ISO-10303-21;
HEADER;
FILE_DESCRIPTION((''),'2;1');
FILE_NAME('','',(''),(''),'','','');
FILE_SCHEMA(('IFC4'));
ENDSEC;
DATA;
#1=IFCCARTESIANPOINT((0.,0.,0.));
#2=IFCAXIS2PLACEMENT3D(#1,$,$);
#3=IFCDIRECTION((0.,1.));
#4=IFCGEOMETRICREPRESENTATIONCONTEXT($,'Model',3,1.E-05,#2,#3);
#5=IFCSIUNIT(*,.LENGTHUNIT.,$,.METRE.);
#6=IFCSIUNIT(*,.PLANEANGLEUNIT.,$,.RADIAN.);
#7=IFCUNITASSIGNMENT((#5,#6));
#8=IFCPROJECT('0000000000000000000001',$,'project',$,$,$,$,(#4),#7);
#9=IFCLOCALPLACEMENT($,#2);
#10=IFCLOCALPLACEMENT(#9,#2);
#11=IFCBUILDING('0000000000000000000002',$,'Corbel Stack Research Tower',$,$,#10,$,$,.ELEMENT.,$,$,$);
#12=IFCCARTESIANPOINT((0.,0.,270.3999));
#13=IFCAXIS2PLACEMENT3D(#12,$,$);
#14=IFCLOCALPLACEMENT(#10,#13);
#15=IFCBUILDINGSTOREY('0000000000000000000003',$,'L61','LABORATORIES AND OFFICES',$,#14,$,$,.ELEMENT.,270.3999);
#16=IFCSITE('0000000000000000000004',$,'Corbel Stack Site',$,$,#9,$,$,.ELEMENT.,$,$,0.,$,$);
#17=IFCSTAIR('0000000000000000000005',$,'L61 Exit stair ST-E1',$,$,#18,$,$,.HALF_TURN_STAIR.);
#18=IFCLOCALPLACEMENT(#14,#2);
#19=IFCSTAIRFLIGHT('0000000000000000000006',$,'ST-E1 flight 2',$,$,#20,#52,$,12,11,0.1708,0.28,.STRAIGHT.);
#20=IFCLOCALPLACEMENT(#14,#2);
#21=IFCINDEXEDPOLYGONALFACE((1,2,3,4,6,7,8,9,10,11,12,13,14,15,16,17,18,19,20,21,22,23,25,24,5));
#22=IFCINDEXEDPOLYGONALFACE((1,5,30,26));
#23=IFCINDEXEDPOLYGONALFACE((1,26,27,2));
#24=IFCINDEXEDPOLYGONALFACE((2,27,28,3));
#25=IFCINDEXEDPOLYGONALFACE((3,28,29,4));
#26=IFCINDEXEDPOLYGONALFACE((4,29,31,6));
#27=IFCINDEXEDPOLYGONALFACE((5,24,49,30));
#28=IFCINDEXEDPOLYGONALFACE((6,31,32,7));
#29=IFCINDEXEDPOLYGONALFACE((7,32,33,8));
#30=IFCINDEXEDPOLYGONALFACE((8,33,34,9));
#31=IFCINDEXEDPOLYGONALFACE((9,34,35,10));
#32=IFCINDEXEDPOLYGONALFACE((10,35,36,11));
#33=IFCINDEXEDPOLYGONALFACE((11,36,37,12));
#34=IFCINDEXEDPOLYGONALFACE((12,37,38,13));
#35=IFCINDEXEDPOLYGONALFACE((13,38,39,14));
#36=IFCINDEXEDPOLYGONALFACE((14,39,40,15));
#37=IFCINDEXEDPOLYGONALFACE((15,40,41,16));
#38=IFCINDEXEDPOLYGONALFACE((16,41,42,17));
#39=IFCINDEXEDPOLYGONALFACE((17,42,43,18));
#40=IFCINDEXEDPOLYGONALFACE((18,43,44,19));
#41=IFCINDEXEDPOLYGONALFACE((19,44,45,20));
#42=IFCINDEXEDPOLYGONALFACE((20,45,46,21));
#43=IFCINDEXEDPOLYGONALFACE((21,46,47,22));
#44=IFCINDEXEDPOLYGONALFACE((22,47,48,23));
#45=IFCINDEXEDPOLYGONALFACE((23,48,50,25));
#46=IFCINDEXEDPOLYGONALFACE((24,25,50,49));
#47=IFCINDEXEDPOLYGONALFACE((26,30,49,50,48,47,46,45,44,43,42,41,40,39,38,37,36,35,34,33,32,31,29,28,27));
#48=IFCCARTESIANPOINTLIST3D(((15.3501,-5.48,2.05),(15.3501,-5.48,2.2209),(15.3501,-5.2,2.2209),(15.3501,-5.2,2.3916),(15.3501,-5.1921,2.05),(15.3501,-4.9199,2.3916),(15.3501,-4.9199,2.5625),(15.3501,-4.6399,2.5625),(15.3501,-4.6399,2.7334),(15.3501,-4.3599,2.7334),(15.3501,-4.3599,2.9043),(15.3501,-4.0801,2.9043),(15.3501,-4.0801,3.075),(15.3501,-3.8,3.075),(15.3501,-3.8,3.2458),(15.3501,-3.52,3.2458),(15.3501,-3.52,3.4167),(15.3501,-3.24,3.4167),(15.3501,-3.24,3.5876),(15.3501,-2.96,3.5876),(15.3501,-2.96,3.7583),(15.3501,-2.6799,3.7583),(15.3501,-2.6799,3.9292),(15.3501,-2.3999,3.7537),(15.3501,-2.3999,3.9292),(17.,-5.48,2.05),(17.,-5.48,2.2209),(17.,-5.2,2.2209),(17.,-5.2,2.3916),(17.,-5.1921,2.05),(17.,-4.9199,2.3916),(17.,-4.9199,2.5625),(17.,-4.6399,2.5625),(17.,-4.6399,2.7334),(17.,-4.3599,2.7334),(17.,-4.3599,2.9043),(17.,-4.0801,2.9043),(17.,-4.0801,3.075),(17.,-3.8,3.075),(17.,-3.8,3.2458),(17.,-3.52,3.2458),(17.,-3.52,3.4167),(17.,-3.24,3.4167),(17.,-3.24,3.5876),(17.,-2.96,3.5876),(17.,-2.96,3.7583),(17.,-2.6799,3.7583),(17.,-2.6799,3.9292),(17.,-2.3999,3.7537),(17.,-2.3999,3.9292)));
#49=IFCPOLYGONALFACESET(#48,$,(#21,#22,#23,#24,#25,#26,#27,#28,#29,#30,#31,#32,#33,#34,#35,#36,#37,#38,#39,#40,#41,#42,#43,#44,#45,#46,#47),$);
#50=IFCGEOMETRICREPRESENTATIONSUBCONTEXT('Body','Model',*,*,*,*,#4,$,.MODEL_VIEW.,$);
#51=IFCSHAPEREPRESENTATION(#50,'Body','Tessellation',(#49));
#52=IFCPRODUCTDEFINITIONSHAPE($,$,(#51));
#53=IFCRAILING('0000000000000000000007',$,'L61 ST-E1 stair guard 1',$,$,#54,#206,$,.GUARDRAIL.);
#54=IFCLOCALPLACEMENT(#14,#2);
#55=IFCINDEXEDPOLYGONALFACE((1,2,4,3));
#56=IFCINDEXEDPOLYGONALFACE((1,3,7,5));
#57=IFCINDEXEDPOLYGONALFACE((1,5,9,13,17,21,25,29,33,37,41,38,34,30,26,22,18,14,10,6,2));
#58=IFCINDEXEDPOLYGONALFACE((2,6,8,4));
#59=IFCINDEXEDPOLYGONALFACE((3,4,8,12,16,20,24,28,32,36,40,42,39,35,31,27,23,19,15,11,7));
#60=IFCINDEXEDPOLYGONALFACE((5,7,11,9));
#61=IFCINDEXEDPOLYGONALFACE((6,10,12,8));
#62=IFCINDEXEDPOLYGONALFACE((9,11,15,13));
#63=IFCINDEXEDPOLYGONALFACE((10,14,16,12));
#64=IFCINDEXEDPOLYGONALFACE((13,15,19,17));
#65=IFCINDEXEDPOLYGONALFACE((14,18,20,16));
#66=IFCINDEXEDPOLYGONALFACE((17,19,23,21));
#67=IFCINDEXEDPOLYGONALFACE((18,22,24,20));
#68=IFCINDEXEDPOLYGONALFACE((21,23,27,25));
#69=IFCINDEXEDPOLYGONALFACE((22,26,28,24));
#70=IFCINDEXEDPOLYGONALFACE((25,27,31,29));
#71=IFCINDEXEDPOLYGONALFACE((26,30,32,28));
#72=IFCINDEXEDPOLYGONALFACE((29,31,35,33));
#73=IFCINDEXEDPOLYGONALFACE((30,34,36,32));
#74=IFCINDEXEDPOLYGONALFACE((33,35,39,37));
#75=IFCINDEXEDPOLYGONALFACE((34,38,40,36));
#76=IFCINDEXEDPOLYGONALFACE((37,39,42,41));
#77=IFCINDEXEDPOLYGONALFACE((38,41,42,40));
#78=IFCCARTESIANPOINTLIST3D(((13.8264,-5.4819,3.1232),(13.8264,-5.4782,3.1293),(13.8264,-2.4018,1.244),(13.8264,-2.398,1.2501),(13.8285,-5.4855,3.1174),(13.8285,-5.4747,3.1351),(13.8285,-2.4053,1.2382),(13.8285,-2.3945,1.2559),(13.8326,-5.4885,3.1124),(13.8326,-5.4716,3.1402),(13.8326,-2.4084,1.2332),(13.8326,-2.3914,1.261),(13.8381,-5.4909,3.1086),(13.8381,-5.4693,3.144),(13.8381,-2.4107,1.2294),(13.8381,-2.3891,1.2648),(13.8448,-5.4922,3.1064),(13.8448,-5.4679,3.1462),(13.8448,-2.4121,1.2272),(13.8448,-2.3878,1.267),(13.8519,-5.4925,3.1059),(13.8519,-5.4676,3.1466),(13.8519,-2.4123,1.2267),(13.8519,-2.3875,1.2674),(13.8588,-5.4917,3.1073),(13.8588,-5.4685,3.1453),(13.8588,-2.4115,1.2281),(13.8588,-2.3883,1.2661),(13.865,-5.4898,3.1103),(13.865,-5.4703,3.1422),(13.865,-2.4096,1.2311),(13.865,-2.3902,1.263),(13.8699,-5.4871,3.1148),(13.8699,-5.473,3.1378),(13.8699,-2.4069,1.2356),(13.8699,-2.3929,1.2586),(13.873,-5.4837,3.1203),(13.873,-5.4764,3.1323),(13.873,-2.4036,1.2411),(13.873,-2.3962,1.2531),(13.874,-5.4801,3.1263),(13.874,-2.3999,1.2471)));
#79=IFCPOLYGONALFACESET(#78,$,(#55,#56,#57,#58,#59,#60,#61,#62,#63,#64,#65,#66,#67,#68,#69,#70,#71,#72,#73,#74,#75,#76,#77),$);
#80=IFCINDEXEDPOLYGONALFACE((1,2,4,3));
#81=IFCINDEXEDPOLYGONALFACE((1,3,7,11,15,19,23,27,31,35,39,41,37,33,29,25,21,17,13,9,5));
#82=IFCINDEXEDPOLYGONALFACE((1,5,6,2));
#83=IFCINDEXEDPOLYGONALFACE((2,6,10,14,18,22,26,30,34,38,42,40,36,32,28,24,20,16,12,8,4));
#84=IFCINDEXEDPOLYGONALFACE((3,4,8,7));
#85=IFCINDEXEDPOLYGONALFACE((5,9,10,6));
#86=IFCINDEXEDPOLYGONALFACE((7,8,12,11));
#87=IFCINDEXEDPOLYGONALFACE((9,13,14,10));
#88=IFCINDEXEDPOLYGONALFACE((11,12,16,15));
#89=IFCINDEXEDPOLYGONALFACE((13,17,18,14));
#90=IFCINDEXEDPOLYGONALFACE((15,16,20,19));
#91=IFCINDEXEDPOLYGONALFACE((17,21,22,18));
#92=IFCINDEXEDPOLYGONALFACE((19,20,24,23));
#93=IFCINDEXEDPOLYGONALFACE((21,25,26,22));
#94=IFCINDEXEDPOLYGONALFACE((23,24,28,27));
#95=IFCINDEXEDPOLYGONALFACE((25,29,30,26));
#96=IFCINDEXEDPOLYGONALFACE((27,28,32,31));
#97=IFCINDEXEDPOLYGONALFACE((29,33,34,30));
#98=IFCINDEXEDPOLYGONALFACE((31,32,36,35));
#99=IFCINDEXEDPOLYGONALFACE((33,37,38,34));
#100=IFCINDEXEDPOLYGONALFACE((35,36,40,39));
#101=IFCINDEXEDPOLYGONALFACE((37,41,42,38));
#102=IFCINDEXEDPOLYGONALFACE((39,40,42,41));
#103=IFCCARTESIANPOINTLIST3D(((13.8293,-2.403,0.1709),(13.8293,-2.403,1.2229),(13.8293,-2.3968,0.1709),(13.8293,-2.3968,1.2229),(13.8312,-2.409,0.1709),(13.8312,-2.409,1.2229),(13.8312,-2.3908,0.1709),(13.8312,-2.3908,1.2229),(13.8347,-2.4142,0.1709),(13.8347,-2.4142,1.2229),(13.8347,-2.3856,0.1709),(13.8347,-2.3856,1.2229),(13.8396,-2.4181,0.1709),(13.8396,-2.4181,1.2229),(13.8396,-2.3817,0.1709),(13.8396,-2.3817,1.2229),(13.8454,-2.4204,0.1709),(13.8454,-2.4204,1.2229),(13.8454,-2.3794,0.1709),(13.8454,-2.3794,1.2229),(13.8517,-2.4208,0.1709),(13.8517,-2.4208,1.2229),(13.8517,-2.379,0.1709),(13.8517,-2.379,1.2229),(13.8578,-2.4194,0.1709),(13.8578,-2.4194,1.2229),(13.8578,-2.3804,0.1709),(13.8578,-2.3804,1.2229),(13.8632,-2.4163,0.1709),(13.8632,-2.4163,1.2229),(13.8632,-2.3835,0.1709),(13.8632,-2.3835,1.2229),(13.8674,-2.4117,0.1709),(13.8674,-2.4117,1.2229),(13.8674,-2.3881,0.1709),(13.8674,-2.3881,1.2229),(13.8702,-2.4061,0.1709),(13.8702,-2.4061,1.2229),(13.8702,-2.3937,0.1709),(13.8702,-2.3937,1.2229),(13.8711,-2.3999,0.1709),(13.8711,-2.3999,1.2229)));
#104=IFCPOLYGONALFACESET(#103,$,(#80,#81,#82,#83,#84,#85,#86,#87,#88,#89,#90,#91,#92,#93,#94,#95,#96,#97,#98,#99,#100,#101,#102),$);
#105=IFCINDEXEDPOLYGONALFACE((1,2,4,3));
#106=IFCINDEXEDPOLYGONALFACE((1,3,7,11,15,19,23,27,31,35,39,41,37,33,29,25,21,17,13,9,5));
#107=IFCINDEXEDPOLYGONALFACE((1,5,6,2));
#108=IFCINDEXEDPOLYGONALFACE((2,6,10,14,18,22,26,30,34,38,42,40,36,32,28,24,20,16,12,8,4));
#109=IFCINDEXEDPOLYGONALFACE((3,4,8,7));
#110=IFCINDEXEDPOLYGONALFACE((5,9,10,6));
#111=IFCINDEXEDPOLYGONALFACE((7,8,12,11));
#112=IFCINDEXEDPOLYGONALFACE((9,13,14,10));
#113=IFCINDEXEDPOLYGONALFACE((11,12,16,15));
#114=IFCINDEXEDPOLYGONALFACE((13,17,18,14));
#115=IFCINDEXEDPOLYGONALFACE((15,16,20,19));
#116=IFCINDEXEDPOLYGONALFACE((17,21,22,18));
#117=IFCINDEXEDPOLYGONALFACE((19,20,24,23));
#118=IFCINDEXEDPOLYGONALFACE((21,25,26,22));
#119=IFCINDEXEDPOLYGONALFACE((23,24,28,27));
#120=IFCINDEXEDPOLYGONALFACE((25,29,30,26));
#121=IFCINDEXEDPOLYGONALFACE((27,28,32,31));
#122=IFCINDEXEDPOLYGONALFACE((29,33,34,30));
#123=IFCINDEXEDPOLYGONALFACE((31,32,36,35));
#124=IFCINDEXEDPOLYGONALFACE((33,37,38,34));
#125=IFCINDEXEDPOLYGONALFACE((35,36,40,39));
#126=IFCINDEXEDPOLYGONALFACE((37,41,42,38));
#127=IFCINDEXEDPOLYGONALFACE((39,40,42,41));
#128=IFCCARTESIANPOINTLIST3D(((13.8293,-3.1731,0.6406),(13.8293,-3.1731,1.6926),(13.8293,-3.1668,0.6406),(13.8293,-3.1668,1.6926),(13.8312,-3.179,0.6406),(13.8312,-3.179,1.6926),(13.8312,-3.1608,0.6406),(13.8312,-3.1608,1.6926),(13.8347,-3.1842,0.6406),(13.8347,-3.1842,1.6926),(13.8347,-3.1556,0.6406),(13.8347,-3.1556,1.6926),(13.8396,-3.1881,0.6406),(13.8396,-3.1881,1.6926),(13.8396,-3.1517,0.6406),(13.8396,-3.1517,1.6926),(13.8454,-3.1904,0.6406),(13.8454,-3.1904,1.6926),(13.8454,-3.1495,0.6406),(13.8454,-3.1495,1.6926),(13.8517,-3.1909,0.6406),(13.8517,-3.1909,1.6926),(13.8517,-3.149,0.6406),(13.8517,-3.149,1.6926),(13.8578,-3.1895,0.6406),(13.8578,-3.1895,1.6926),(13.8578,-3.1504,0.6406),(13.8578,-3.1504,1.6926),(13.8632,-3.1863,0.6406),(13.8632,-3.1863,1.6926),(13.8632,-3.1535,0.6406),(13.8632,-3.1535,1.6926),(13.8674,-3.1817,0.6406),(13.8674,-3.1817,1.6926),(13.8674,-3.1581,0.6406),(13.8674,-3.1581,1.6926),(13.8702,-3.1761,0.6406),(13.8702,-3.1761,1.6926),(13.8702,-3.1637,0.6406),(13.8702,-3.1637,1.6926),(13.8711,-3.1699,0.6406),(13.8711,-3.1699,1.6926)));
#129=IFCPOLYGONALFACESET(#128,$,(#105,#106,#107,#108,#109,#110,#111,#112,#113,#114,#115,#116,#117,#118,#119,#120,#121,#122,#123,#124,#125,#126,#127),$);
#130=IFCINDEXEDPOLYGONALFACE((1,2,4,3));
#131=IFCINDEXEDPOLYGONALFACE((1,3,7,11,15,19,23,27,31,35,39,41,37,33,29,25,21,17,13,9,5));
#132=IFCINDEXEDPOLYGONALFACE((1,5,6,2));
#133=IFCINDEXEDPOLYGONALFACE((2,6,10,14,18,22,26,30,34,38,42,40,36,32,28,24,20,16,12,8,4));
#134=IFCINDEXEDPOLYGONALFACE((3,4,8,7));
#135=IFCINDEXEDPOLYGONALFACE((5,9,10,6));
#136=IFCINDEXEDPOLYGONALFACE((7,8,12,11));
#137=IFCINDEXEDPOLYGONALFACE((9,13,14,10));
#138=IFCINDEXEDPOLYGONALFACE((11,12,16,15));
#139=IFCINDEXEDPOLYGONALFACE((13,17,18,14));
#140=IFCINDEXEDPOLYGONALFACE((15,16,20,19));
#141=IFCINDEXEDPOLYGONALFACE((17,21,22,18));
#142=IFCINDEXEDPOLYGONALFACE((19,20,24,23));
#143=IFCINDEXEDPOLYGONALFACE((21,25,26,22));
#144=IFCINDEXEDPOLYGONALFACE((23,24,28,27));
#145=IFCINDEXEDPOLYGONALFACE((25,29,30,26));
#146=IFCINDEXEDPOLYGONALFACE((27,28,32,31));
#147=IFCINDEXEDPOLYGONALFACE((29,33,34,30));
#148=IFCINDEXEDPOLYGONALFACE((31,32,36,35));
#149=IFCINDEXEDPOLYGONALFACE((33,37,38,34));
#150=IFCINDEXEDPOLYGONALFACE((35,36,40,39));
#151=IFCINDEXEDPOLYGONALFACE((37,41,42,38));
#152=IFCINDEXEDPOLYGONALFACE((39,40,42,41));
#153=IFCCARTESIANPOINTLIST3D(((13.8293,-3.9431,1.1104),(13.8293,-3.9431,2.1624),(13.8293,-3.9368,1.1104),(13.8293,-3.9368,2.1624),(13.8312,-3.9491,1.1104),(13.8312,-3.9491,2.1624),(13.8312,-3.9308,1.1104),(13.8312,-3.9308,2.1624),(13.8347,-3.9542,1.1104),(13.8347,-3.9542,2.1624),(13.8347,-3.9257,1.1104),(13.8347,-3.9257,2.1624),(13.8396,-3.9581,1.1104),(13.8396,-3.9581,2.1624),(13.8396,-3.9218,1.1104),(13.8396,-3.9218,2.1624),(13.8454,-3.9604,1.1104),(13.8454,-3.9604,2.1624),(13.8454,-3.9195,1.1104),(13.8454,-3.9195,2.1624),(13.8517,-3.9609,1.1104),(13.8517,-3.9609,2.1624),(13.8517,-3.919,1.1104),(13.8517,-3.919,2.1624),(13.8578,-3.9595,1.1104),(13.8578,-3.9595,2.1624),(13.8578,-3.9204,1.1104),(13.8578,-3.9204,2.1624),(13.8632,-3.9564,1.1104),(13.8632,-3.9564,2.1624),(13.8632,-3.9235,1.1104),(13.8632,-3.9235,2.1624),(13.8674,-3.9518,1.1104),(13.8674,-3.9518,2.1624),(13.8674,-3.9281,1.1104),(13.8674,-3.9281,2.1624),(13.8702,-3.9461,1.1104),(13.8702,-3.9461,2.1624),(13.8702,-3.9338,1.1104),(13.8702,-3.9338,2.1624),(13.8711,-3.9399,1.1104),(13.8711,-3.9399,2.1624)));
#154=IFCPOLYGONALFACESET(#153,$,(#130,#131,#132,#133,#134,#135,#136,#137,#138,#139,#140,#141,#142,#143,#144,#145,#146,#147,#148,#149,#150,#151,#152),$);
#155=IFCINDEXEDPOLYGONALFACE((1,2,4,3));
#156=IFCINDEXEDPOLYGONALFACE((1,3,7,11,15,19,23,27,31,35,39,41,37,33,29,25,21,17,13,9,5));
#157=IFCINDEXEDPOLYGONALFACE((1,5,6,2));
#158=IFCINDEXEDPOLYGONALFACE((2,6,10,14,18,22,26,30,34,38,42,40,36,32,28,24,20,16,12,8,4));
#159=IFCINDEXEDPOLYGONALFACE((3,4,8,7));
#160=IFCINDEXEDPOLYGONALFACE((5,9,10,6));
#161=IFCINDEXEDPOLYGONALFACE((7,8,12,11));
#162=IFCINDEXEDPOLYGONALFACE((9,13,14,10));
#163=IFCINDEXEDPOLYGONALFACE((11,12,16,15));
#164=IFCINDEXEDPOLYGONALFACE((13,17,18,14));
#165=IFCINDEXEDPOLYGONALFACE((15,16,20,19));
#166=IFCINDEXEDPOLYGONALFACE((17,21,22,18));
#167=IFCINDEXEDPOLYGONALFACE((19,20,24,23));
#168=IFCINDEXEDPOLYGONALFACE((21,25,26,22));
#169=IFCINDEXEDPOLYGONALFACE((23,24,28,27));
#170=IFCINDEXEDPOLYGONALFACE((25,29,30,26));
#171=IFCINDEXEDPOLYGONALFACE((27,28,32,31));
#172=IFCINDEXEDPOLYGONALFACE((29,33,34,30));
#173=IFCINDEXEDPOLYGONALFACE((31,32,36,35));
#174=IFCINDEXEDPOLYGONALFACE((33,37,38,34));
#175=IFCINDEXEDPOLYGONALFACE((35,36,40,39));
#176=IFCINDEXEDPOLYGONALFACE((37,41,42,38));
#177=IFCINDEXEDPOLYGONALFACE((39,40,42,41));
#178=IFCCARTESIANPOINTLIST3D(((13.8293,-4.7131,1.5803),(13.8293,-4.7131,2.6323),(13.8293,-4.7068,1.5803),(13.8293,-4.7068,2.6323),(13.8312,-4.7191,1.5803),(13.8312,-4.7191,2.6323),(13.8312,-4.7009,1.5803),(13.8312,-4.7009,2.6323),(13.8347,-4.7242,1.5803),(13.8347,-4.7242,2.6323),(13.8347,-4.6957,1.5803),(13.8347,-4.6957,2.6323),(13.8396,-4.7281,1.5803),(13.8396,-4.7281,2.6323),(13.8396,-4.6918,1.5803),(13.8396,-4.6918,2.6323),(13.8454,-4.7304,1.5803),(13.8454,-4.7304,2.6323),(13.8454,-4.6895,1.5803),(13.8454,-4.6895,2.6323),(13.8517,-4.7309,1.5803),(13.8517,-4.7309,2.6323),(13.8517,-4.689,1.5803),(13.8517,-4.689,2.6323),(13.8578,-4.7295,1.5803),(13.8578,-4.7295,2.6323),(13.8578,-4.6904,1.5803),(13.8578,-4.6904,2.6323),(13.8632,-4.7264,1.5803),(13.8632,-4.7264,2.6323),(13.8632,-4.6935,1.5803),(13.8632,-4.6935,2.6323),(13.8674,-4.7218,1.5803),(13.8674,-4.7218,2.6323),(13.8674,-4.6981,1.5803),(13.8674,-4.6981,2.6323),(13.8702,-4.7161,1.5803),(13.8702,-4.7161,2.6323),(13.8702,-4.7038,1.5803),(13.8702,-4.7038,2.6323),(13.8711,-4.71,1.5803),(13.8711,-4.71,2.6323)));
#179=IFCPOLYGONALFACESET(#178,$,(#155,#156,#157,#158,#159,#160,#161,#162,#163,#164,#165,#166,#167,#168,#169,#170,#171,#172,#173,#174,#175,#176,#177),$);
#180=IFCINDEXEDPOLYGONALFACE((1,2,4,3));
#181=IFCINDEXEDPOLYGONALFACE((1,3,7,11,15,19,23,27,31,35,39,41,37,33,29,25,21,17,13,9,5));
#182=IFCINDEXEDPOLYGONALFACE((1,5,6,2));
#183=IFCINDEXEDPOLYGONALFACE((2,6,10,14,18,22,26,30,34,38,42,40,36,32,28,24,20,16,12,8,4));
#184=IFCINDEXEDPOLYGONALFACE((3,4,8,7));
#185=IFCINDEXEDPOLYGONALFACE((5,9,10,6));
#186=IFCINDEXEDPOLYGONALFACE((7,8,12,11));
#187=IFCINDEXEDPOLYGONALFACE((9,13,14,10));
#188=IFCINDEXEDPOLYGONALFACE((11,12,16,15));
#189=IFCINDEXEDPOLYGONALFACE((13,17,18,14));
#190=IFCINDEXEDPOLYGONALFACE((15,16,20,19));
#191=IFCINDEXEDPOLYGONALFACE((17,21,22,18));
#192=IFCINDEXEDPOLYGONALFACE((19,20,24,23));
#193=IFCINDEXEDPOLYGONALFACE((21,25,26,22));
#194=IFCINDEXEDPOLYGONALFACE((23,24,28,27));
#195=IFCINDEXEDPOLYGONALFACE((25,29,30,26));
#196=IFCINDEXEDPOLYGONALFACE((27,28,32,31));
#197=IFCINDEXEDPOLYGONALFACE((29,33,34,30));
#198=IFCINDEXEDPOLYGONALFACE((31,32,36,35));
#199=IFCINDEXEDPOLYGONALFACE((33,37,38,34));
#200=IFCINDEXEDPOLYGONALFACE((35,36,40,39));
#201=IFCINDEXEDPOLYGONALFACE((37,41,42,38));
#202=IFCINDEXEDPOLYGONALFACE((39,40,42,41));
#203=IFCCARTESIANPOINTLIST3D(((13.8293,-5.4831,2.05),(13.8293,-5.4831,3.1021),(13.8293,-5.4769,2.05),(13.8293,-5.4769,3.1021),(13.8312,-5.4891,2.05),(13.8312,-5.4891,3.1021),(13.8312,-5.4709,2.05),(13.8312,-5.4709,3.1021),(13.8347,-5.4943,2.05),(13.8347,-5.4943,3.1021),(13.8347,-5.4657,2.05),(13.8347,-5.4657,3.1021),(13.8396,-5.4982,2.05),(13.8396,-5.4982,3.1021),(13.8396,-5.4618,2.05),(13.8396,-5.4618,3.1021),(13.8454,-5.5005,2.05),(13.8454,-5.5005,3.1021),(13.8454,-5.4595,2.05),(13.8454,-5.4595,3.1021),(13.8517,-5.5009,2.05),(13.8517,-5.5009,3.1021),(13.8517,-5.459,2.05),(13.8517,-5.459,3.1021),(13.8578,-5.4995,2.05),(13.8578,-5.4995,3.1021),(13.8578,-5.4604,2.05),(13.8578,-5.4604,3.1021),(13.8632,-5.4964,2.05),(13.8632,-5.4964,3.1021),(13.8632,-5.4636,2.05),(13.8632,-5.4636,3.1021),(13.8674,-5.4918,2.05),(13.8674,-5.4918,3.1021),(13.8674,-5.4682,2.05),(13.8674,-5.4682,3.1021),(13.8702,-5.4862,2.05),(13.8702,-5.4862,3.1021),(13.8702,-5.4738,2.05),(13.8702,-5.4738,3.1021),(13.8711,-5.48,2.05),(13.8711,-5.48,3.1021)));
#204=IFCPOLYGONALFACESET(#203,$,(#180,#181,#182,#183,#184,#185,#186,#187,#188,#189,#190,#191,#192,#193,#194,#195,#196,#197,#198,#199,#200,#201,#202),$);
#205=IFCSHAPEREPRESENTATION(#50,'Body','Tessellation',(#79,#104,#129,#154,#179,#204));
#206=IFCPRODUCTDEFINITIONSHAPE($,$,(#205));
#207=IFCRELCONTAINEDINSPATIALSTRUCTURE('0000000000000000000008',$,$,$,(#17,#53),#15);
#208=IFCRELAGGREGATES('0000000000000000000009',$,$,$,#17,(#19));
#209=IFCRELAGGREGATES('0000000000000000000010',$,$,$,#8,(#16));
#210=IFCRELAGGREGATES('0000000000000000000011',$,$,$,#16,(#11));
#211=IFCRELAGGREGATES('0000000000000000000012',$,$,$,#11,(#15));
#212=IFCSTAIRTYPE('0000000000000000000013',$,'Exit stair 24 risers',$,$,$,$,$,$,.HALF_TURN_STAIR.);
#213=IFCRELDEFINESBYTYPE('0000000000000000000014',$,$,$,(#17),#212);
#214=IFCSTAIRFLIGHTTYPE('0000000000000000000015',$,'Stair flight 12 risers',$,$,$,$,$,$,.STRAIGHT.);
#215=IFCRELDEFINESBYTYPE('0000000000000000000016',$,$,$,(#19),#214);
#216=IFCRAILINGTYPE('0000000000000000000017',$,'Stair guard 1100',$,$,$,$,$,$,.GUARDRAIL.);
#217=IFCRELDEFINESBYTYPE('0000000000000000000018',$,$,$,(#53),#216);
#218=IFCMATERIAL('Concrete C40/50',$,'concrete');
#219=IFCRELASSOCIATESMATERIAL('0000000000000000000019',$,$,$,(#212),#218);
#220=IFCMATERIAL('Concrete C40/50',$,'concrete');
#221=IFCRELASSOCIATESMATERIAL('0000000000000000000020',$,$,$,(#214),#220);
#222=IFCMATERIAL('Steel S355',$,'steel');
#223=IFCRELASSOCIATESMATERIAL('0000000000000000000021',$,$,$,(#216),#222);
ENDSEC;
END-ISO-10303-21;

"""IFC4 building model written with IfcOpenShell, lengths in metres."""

from ifc_helpers import new_model, si_unit, direction, frame, origin, origin_2d, place, context, subcontext, project, spatial, polyline, circle, outline, extrude, material, type_object, element, aggregate, save


model = new_model("IFC4")

# Units and contexts
model_context = context("Model", 3, precision=1e-05, world=origin(), true_north=direction((0.0, 1.0)))
body_context = subcontext(model_context, "Body", "Model", "MODEL_VIEW")
ifc_project = project(units=[si_unit("LENGTHUNIT", "METRE"), si_unit("PLANEANGLEUNIT", "RADIAN")], contexts=[model_context])

# Site, building, storey
site_placement = place(None, origin())
site = spatial("IfcSite", under=ifc_project, at=site_placement, Name="Corbel Stack Site", CompositionType="ELEMENT", RefElevation=0.0)
building_placement = place(site_placement, origin())
building = spatial("IfcBuilding", under=site, at=building_placement, Name="Corbel Stack Research Tower", CompositionType="ELEMENT")
storey_placement = place(building_placement, frame((0.0, 0.0, 270.3999)))
storey = spatial("IfcBuildingStorey", under=building, at=storey_placement, Name="L61", Description="LABORATORIES AND OFFICES", CompositionType="ELEMENT", Elevation=270.3999)

# Stair, stair flight
ifc_material_1 = material(Name="Concrete C40/50", Category="concrete")
stair_type = type_object("IfcStairType", Name="Exit stair 24 risers", PredefinedType="HALF_TURN_STAIR", material=ifc_material_1)
stair_placement = place(storey_placement, origin())
stair = element("IfcStair", 1, at=stair_placement, inside=storey, type_object=stair_type, Name="L61 Exit stair ST-E1", PredefinedType="HALF_TURN_STAIR")
ifc_material_2 = material(Name="Concrete C40/50", Category="concrete")
stair_flight_type = type_object("IfcStairFlightType", Name="Stair flight 12 risers", PredefinedType="STRAIGHT", material=ifc_material_2)
stair_flight_1_placement = place(storey_placement, frame((16.175, -5.48, 2.05), z_axis=(0.0, 0.0, 1.0), x_axis=(0.0, 1.0, 0.0)))
stair_flight_1 = element("IfcStairFlight", 2, at=stair_flight_1_placement, type_object=stair_flight_type, Name="ST-E1 flight 2", NumberOfRisers=12, NumberOfTreads=11, PredefinedType="STRAIGHT", RiserHeight=0.1708, TreadLength=0.28, context=body_context, shape_type="SweptSolid", body=[
    extrude(outline(polyline([(0.0, 0.0), (0.0, 0.1709), (0.28, 0.1709), (0.28, 0.3416), (0.5601, 0.3416), (0.5601, 0.5125), (0.8401, 0.5125), (0.8401, 0.6833), (1.1201, 0.6833), (1.1201, 0.8542), (1.3999, 0.8542), (1.3999, 1.0249), (1.6799, 1.0249), (1.6799, 1.1958), (1.96, 1.1958), (1.96, 1.3667), (2.24, 1.3667), (2.24, 1.5376), (2.52, 1.5376), (2.52, 1.7083), (2.8, 1.7083), (2.8, 1.8792), (3.0801, 1.8792), (3.0801, 2.05), (3.0801, 1.7036), (0.2878, 0.0), (0.0, 0.0)])), frame((0.0, 0.825, 0.0), z_axis=(0.0, -1.0, 0.0), x_axis=(1.0, 0.0, 0.0)), (0.0, 0.0, 1.0), 1.6499),
])
aggregate(stair, [stair_flight_1])

# Railing
ifc_material_3 = material(Name="Steel S355", Category="steel")
railing_type_1 = type_object("IfcRailingType", Name="Stair guard 1100", PredefinedType="GUARDRAIL", material=ifc_material_3)
railing_1_placement = place(storey_placement, frame((13.8501, -2.3999, 0.1709)))
element("IfcRailing", 3, at=railing_1_placement, inside=storey, type_object=railing_type_1, Name="L61 ST-E1 stair guard 1", PredefinedType="GUARDRAIL", context=body_context, shape_type="SweptSolid", body=[
    extrude(circle(Radius=0.0239, at=origin_2d()), frame((0.0, 0.0, 1.0762), z_axis=(0.0, -0.853666, 0.52082), x_axis=(1.0, 0.0, 0.0)), (0.0, 0.0, 1.0), 3.6082),
    extrude(circle(Radius=0.021, at=origin_2d()), origin(), (0.0, 0.0, 1.0), 1.052),
    extrude(circle(Radius=0.021, at=origin_2d()), frame((0.0, -0.77, 0.4697)), (0.0, 0.0, 1.0), 1.052),
    extrude(circle(Radius=0.021, at=origin_2d()), frame((0.0, -1.54, 0.9395)), (0.0, 0.0, 1.0), 1.052),
    extrude(circle(Radius=0.021, at=origin_2d()), frame((0.0, -2.3101, 1.4094)), (0.0, 0.0, 1.0), 1.052),
    extrude(circle(Radius=0.021, at=origin_2d()), frame((0.0, -3.0801, 1.8792)), (0.0, 0.0, 1.0), 1.052),
])

save(model, "model.ifc")
